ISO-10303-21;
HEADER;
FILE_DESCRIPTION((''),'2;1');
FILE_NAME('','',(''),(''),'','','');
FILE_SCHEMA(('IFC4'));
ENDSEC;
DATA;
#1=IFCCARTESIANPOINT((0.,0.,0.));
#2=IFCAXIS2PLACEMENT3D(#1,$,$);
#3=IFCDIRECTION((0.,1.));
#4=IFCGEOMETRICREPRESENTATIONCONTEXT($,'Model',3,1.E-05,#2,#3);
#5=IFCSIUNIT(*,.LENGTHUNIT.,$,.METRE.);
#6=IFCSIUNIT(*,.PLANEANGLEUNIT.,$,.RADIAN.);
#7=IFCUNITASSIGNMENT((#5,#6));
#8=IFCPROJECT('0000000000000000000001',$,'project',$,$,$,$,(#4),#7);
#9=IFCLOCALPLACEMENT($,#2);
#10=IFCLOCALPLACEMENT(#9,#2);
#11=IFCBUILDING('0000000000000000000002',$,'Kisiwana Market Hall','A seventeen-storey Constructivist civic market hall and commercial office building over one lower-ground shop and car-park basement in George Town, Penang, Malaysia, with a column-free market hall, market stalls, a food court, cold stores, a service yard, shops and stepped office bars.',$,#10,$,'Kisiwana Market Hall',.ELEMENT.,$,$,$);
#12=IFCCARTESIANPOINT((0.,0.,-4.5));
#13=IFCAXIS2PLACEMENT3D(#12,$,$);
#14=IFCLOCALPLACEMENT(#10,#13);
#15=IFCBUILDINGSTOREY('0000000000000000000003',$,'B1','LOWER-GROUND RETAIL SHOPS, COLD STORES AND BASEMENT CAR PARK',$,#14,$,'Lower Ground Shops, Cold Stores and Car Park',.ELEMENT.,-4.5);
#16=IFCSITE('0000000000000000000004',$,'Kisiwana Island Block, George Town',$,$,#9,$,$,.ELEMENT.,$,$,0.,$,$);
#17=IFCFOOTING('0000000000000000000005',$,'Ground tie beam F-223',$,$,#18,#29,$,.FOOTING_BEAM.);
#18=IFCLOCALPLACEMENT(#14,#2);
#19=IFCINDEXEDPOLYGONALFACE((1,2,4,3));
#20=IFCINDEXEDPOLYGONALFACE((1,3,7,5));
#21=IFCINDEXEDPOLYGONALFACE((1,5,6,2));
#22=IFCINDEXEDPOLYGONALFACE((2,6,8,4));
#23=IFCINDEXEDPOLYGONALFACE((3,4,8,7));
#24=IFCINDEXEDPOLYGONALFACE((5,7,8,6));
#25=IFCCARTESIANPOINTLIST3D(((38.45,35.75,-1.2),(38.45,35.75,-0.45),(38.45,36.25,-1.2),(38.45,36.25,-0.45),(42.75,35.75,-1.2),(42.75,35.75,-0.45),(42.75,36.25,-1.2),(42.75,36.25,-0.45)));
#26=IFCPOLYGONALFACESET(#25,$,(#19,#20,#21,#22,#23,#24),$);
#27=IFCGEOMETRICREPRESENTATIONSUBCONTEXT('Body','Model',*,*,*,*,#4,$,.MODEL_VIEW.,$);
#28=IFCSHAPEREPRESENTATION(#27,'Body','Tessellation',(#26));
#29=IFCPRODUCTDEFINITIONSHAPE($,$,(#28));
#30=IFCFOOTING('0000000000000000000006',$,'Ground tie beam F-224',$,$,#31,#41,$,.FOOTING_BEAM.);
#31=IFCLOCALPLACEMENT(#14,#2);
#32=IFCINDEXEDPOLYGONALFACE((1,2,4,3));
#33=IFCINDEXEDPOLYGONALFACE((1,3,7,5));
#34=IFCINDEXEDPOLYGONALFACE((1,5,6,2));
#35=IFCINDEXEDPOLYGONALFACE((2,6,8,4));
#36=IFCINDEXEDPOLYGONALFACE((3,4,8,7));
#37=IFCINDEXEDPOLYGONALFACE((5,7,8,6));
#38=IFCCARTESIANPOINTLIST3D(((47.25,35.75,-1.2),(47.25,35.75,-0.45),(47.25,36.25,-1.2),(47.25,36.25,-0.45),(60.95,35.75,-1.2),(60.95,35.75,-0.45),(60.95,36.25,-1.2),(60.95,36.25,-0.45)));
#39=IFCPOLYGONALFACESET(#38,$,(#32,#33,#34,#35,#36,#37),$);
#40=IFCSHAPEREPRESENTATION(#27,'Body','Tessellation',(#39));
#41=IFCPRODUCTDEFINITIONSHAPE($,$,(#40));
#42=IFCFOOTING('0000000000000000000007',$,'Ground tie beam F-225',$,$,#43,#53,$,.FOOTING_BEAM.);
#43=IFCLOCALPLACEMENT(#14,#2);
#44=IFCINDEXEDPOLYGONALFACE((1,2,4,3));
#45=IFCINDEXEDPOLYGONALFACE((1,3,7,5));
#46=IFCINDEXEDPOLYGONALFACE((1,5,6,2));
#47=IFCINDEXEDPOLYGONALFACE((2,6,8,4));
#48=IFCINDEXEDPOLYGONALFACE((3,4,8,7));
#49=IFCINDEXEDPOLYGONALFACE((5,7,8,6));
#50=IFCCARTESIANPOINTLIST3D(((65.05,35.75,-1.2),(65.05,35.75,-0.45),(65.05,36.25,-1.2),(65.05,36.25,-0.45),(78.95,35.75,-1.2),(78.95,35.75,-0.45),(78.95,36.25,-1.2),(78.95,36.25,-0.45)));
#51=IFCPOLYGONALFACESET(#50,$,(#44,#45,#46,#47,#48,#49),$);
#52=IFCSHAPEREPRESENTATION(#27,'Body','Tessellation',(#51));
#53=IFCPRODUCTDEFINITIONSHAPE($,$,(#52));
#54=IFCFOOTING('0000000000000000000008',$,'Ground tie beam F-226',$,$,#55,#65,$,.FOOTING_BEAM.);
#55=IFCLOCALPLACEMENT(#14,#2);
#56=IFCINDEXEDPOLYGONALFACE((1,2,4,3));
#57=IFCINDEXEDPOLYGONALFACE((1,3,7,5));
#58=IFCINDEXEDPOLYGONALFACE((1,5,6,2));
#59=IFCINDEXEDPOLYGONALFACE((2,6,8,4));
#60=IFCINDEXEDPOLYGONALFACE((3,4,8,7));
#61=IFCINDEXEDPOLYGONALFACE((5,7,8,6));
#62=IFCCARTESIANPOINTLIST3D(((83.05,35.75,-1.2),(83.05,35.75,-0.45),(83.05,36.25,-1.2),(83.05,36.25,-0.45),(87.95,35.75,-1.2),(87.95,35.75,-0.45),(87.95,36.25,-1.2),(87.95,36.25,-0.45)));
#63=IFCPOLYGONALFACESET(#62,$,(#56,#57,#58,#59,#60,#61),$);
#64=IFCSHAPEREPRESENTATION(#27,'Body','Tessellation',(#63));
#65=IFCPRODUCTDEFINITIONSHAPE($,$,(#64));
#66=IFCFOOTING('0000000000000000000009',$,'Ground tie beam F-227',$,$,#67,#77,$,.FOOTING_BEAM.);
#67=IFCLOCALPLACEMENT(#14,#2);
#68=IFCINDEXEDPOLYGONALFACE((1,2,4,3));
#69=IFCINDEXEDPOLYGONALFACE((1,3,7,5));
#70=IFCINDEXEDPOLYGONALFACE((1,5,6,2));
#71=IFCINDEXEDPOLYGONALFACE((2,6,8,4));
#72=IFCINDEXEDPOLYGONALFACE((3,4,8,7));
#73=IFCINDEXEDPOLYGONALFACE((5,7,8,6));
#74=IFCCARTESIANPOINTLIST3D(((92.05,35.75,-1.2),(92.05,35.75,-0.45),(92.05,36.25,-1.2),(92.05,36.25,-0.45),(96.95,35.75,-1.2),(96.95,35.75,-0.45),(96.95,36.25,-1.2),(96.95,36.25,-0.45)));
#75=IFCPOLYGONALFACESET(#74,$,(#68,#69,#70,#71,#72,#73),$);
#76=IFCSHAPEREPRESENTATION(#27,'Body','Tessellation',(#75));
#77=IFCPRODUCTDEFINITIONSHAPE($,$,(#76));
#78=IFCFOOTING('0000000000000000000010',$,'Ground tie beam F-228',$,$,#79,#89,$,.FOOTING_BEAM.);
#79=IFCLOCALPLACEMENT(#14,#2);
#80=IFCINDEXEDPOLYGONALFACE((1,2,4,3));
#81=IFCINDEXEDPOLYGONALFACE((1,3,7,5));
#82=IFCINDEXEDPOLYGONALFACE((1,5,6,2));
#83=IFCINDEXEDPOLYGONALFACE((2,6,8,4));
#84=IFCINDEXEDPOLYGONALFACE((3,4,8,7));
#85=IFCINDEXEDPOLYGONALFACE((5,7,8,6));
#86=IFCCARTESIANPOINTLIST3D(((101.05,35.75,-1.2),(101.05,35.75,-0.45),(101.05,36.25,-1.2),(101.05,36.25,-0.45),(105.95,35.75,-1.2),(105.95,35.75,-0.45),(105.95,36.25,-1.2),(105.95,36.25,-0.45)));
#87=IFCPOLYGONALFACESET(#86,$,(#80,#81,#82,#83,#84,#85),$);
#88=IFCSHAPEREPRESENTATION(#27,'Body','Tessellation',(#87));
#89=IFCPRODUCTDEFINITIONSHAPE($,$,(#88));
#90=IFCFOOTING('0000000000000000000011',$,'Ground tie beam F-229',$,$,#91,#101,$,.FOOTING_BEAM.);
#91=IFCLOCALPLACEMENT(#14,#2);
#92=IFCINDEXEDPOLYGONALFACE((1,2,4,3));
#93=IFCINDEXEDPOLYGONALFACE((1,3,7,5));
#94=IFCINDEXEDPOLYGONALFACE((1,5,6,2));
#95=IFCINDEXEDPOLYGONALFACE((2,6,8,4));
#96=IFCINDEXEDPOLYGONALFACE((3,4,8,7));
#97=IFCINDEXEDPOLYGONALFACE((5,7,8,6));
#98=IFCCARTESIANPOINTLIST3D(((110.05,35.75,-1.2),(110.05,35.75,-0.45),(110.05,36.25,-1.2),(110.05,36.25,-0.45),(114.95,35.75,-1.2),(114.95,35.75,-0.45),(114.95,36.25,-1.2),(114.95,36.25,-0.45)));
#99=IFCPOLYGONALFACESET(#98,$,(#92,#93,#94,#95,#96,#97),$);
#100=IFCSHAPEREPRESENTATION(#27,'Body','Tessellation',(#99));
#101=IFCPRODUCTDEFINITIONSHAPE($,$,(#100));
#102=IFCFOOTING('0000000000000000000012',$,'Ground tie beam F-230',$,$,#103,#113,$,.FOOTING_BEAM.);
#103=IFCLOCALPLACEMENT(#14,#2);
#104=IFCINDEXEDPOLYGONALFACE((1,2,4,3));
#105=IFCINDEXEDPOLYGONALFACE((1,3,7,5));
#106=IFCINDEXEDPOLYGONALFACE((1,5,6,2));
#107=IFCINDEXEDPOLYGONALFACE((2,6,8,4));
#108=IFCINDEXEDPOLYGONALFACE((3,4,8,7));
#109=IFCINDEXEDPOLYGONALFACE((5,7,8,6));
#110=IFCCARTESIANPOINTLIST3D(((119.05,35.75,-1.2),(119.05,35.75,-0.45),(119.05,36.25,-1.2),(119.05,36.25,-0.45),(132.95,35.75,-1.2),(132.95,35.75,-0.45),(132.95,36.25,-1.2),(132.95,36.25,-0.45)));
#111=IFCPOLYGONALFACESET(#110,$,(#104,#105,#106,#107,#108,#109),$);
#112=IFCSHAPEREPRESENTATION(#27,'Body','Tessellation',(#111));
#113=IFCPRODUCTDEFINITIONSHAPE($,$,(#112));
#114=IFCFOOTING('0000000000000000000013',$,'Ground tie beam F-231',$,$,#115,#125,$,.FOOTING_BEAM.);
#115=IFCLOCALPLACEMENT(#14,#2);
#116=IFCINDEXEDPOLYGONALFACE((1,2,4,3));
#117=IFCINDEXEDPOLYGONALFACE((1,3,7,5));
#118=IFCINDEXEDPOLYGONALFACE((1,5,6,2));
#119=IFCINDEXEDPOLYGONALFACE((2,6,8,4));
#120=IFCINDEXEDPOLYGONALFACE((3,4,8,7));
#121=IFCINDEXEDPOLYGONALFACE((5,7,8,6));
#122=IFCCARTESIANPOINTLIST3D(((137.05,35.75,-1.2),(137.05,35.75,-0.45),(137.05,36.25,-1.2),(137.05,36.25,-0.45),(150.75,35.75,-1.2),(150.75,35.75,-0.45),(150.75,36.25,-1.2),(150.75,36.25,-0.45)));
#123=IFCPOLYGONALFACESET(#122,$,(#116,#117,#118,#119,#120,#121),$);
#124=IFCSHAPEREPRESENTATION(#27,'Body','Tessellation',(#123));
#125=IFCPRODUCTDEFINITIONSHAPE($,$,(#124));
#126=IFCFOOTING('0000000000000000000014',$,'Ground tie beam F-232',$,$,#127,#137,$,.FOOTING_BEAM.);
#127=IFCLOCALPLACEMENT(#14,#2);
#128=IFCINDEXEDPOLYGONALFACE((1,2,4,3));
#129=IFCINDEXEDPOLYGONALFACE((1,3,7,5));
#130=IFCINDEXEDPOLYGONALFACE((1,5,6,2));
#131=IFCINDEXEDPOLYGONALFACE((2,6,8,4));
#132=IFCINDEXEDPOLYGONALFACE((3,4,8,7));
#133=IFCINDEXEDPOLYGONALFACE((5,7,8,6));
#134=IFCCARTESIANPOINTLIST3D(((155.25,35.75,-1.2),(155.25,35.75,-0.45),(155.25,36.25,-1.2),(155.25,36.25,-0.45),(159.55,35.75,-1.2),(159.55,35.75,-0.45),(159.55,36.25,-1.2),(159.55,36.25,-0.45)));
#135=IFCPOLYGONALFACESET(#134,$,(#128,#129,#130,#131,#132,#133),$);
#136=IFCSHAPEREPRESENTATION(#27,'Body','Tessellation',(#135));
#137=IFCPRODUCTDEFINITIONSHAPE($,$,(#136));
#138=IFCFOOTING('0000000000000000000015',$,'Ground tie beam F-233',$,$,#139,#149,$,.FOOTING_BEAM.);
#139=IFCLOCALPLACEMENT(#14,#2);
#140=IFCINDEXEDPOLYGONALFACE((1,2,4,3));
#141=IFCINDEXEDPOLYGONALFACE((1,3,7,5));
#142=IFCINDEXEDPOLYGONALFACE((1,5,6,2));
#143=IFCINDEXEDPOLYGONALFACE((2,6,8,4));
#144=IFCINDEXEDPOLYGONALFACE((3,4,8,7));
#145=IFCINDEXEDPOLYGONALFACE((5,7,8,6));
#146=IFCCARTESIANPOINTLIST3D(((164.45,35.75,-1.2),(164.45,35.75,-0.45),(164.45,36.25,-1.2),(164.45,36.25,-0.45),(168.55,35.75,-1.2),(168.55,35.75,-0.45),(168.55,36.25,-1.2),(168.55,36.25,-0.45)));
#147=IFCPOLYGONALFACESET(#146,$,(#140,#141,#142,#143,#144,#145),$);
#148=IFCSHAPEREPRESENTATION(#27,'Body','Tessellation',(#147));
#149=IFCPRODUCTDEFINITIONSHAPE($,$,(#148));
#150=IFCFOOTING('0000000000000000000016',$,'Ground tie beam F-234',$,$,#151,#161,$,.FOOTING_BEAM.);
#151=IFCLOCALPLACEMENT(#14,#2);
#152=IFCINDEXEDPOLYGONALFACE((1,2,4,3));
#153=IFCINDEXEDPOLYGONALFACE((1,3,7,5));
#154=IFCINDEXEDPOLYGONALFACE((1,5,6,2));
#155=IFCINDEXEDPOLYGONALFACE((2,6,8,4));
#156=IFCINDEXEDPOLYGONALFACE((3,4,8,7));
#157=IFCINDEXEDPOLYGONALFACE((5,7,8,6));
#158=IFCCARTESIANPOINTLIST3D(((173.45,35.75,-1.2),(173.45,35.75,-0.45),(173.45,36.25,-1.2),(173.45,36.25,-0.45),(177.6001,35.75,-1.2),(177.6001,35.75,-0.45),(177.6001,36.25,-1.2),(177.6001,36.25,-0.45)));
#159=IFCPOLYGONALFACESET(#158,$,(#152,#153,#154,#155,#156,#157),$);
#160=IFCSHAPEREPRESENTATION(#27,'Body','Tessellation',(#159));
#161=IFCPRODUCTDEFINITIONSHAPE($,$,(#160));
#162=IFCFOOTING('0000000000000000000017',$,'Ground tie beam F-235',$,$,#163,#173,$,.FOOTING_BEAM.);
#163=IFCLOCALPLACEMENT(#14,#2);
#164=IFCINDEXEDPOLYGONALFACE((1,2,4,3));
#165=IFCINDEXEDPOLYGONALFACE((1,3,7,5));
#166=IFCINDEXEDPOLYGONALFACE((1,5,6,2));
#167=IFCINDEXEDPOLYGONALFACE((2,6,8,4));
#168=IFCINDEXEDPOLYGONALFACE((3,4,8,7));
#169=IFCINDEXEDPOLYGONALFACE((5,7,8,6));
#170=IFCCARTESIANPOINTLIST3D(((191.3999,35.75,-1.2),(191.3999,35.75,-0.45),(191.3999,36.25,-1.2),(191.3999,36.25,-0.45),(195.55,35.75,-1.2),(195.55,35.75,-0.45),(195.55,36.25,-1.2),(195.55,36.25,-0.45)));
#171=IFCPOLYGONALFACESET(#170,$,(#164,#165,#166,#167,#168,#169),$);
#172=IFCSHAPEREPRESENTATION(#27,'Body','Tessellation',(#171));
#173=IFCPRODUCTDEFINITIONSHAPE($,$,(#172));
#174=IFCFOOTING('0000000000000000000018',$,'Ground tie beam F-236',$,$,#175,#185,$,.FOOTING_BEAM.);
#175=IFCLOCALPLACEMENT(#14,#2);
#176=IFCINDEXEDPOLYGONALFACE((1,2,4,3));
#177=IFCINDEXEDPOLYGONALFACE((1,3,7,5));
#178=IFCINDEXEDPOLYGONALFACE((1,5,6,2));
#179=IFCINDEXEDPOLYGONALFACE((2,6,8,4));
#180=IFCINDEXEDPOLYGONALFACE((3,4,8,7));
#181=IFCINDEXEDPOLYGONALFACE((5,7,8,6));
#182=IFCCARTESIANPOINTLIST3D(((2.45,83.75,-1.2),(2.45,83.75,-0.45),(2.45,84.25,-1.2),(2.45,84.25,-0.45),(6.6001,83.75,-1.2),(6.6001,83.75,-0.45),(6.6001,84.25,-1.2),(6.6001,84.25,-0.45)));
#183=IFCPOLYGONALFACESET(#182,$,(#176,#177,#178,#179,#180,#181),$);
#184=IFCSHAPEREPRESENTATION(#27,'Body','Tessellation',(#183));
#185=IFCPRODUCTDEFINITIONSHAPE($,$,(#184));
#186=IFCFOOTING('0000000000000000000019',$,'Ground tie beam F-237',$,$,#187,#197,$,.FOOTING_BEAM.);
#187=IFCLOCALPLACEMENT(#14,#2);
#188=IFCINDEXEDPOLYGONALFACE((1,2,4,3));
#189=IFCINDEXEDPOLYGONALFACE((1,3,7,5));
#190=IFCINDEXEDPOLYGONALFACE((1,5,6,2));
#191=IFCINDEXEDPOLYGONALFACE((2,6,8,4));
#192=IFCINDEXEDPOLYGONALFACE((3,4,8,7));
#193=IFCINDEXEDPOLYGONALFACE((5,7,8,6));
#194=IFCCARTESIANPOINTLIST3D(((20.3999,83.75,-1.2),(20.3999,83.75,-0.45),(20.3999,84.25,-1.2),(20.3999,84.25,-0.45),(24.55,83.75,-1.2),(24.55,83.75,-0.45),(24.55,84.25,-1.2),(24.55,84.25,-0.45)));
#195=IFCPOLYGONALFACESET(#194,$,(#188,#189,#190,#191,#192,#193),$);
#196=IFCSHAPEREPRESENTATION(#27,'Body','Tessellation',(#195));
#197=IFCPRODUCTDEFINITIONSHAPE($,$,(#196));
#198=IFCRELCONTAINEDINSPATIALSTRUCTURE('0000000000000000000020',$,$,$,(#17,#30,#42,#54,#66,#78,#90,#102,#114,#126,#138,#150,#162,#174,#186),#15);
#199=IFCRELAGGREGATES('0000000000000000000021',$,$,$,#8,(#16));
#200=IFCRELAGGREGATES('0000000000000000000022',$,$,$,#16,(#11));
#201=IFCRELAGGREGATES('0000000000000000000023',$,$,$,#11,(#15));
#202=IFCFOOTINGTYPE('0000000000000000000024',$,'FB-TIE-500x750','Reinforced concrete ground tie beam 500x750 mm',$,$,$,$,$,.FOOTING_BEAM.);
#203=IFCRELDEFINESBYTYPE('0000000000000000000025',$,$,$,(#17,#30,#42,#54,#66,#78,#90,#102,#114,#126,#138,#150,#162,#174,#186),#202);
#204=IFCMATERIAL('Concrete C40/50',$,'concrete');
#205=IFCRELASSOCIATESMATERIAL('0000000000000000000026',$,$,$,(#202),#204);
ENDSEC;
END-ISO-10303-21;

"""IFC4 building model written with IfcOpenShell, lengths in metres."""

from ifc_helpers import new_model, si_unit, direction, frame, origin, place, context, subcontext, project, spatial, polyline, outline, extrude, material, type_object, element, save


model = new_model("IFC4")

# Units and contexts
model_context = context("Model", 3, precision=1e-05, world=origin(), true_north=direction((0.0, 1.0)))
body_context = subcontext(model_context, "Body", "Model", "MODEL_VIEW")
ifc_project = project(units=[si_unit("LENGTHUNIT", "METRE"), si_unit("PLANEANGLEUNIT", "RADIAN")], contexts=[model_context])

# Site, building, storey
site_placement = place(None, origin())
site = spatial("IfcSite", under=ifc_project, at=site_placement, Name="Kisiwana Island Block, George Town", CompositionType="ELEMENT", RefElevation=0.0)
building_placement = place(site_placement, origin())
building = spatial("IfcBuilding", under=site, at=building_placement, Name="Kisiwana Market Hall", Description="A seventeen-storey Constructivist civic market hall and commercial office building over one lower-ground shop and car-park basement in George Town, Penang, Malaysia, with a column-free market hall, market stalls, a food court, cold stores, a service yard, shops and stepped office bars.", LongName="Kisiwana Market Hall", CompositionType="ELEMENT")
storey_placement = place(building_placement, frame((0.0, 0.0, -4.5)))
storey = spatial("IfcBuildingStorey", under=building, at=storey_placement, Name="B1", Description="LOWER-GROUND RETAIL SHOPS, COLD STORES AND BASEMENT CAR PARK", LongName="Lower Ground Shops, Cold Stores and Car Park", CompositionType="ELEMENT", Elevation=-4.5)

# Footings
ifc_material_1 = material(Name="Concrete C40/50", Category="concrete")
footing_type = type_object("IfcFootingType", Name="FB-TIE-500x750", Description="Reinforced concrete ground tie beam 500x750 mm", PredefinedType="FOOTING_BEAM", material=ifc_material_1)
footing_1_placement = place(storey_placement, frame((0.0, 0.0, -1.2)))
element("IfcFooting", 1, at=footing_1_placement, inside=storey, type_object=footing_type, Name="Ground tie beam F-223", PredefinedType="FOOTING_BEAM", context=body_context, shape_type="SweptSolid", body=[
    extrude(outline(polyline([(38.45, 35.75), (42.75, 35.75), (42.75, 36.25), (38.45, 36.25), (38.45, 35.75)])), origin(), (0.0, 0.0, 1.0), 0.75),
])
footing_2_placement = place(storey_placement, frame((0.0, 0.0, -1.2)))
element("IfcFooting", 2, at=footing_2_placement, inside=storey, type_object=footing_type, Name="Ground tie beam F-224", PredefinedType="FOOTING_BEAM", context=body_context, shape_type="SweptSolid", body=[
    extrude(outline(polyline([(47.25, 35.75), (60.95, 35.75), (60.95, 36.25), (47.25, 36.25), (47.25, 35.75)])), origin(), (0.0, 0.0, 1.0), 0.75),
])
footing_3_placement = place(storey_placement, frame((0.0, 0.0, -1.2)))
element("IfcFooting", 3, at=footing_3_placement, inside=storey, type_object=footing_type, Name="Ground tie beam F-225", PredefinedType="FOOTING_BEAM", context=body_context, shape_type="SweptSolid", body=[
    extrude(outline(polyline([(65.05, 35.75), (78.95, 35.75), (78.95, 36.25), (65.05, 36.25), (65.05, 35.75)])), origin(), (0.0, 0.0, 1.0), 0.75),
])
footing_4_placement = place(storey_placement, frame((0.0, 0.0, -1.2)))
element("IfcFooting", 4, at=footing_4_placement, inside=storey, type_object=footing_type, Name="Ground tie beam F-226", PredefinedType="FOOTING_BEAM", context=body_context, shape_type="SweptSolid", body=[
    extrude(outline(polyline([(83.05, 35.75), (87.95, 35.75), (87.95, 36.25), (83.05, 36.25), (83.05, 35.75)])), origin(), (0.0, 0.0, 1.0), 0.75),
])
footing_5_placement = place(storey_placement, frame((0.0, 0.0, -1.2)))
element("IfcFooting", 5, at=footing_5_placement, inside=storey, type_object=footing_type, Name="Ground tie beam F-227", PredefinedType="FOOTING_BEAM", context=body_context, shape_type="SweptSolid", body=[
    extrude(outline(polyline([(92.05, 35.75), (96.95, 35.75), (96.95, 36.25), (92.05, 36.25), (92.05, 35.75)])), origin(), (0.0, 0.0, 1.0), 0.75),
])
footing_6_placement = place(storey_placement, frame((0.0, 0.0, -1.2)))
element("IfcFooting", 6, at=footing_6_placement, inside=storey, type_object=footing_type, Name="Ground tie beam F-228", PredefinedType="FOOTING_BEAM", context=body_context, shape_type="SweptSolid", body=[
    extrude(outline(polyline([(101.05, 35.75), (105.95, 35.75), (105.95, 36.25), (101.05, 36.25), (101.05, 35.75)])), origin(), (0.0, 0.0, 1.0), 0.75),
])
footing_7_placement = place(storey_placement, frame((0.0, 0.0, -1.2)))
element("IfcFooting", 7, at=footing_7_placement, inside=storey, type_object=footing_type, Name="Ground tie beam F-229", PredefinedType="FOOTING_BEAM", context=body_context, shape_type="SweptSolid", body=[
    extrude(outline(polyline([(110.05, 35.75), (114.95, 35.75), (114.95, 36.25), (110.05, 36.25), (110.05, 35.75)])), origin(), (0.0, 0.0, 1.0), 0.75),
])
footing_8_placement = place(storey_placement, frame((0.0, 0.0, -1.2)))
element("IfcFooting", 8, at=footing_8_placement, inside=storey, type_object=footing_type, Name="Ground tie beam F-230", PredefinedType="FOOTING_BEAM", context=body_context, shape_type="SweptSolid", body=[
    extrude(outline(polyline([(119.05, 35.75), (132.95, 35.75), (132.95, 36.25), (119.05, 36.25), (119.05, 35.75)])), origin(), (0.0, 0.0, 1.0), 0.75),
])
footing_9_placement = place(storey_placement, frame((0.0, 0.0, -1.2)))
element("IfcFooting", 9, at=footing_9_placement, inside=storey, type_object=footing_type, Name="Ground tie beam F-231", PredefinedType="FOOTING_BEAM", context=body_context, shape_type="SweptSolid", body=[
    extrude(outline(polyline([(137.05, 35.75), (150.75, 35.75), (150.75, 36.25), (137.05, 36.25), (137.05, 35.75)])), origin(), (0.0, 0.0, 1.0), 0.75),
])
footing_10_placement = place(storey_placement, frame((0.0, 0.0, -1.2)))
element("IfcFooting", 10, at=footing_10_placement, inside=storey, type_object=footing_type, Name="Ground tie beam F-232", PredefinedType="FOOTING_BEAM", context=body_context, shape_type="SweptSolid", body=[
    extrude(outline(polyline([(155.25, 35.75), (159.55, 35.75), (159.55, 36.25), (155.25, 36.25), (155.25, 35.75)])), origin(), (0.0, 0.0, 1.0), 0.75),
])
footing_11_placement = place(storey_placement, frame((0.0, 0.0, -1.2)))
element("IfcFooting", 11, at=footing_11_placement, inside=storey, type_object=footing_type, Name="Ground tie beam F-233", PredefinedType="FOOTING_BEAM", context=body_context, shape_type="SweptSolid", body=[
    extrude(outline(polyline([(164.45, 35.75), (168.55, 35.75), (168.55, 36.25), (164.45, 36.25), (164.45, 35.75)])), origin(), (0.0, 0.0, 1.0), 0.75),
])
footing_12_placement = place(storey_placement, frame((0.0, 0.0, -1.2)))
element("IfcFooting", 12, at=footing_12_placement, inside=storey, type_object=footing_type, Name="Ground tie beam F-234", PredefinedType="FOOTING_BEAM", context=body_context, shape_type="SweptSolid", body=[
    extrude(outline(polyline([(173.45, 35.75), (177.6001, 35.75), (177.6001, 36.25), (173.45, 36.25), (173.45, 35.75)])), origin(), (0.0, 0.0, 1.0), 0.75),
])
footing_13_placement = place(storey_placement, frame((0.0, 0.0, -1.2)))
element("IfcFooting", 13, at=footing_13_placement, inside=storey, type_object=footing_type, Name="Ground tie beam F-235", PredefinedType="FOOTING_BEAM", context=body_context, shape_type="SweptSolid", body=[
    extrude(outline(polyline([(191.3999, 35.75), (195.55, 35.75), (195.55, 36.25), (191.3999, 36.25), (191.3999, 35.75)])), origin(), (0.0, 0.0, 1.0), 0.75),
])
footing_14_placement = place(storey_placement, frame((0.0, 0.0, -1.2)))
element("IfcFooting", 14, at=footing_14_placement, inside=storey, type_object=footing_type, Name="Ground tie beam F-236", PredefinedType="FOOTING_BEAM", context=body_context, shape_type="SweptSolid", body=[
    extrude(outline(polyline([(2.45, 83.75), (6.6001, 83.75), (6.6001, 84.25), (2.45, 84.25), (2.45, 83.75)])), origin(), (0.0, 0.0, 1.0), 0.75),
])
footing_15_placement = place(storey_placement, frame((0.0, 0.0, -1.2)))
element("IfcFooting", 15, at=footing_15_placement, inside=storey, type_object=footing_type, Name="Ground tie beam F-237", PredefinedType="FOOTING_BEAM", context=body_context, shape_type="SweptSolid", body=[
    extrude(outline(polyline([(20.3999, 83.75), (24.55, 83.75), (24.55, 84.25), (20.3999, 84.25), (20.3999, 83.75)])), origin(), (0.0, 0.0, 1.0), 0.75),
])

save(model, "model.ifc")
